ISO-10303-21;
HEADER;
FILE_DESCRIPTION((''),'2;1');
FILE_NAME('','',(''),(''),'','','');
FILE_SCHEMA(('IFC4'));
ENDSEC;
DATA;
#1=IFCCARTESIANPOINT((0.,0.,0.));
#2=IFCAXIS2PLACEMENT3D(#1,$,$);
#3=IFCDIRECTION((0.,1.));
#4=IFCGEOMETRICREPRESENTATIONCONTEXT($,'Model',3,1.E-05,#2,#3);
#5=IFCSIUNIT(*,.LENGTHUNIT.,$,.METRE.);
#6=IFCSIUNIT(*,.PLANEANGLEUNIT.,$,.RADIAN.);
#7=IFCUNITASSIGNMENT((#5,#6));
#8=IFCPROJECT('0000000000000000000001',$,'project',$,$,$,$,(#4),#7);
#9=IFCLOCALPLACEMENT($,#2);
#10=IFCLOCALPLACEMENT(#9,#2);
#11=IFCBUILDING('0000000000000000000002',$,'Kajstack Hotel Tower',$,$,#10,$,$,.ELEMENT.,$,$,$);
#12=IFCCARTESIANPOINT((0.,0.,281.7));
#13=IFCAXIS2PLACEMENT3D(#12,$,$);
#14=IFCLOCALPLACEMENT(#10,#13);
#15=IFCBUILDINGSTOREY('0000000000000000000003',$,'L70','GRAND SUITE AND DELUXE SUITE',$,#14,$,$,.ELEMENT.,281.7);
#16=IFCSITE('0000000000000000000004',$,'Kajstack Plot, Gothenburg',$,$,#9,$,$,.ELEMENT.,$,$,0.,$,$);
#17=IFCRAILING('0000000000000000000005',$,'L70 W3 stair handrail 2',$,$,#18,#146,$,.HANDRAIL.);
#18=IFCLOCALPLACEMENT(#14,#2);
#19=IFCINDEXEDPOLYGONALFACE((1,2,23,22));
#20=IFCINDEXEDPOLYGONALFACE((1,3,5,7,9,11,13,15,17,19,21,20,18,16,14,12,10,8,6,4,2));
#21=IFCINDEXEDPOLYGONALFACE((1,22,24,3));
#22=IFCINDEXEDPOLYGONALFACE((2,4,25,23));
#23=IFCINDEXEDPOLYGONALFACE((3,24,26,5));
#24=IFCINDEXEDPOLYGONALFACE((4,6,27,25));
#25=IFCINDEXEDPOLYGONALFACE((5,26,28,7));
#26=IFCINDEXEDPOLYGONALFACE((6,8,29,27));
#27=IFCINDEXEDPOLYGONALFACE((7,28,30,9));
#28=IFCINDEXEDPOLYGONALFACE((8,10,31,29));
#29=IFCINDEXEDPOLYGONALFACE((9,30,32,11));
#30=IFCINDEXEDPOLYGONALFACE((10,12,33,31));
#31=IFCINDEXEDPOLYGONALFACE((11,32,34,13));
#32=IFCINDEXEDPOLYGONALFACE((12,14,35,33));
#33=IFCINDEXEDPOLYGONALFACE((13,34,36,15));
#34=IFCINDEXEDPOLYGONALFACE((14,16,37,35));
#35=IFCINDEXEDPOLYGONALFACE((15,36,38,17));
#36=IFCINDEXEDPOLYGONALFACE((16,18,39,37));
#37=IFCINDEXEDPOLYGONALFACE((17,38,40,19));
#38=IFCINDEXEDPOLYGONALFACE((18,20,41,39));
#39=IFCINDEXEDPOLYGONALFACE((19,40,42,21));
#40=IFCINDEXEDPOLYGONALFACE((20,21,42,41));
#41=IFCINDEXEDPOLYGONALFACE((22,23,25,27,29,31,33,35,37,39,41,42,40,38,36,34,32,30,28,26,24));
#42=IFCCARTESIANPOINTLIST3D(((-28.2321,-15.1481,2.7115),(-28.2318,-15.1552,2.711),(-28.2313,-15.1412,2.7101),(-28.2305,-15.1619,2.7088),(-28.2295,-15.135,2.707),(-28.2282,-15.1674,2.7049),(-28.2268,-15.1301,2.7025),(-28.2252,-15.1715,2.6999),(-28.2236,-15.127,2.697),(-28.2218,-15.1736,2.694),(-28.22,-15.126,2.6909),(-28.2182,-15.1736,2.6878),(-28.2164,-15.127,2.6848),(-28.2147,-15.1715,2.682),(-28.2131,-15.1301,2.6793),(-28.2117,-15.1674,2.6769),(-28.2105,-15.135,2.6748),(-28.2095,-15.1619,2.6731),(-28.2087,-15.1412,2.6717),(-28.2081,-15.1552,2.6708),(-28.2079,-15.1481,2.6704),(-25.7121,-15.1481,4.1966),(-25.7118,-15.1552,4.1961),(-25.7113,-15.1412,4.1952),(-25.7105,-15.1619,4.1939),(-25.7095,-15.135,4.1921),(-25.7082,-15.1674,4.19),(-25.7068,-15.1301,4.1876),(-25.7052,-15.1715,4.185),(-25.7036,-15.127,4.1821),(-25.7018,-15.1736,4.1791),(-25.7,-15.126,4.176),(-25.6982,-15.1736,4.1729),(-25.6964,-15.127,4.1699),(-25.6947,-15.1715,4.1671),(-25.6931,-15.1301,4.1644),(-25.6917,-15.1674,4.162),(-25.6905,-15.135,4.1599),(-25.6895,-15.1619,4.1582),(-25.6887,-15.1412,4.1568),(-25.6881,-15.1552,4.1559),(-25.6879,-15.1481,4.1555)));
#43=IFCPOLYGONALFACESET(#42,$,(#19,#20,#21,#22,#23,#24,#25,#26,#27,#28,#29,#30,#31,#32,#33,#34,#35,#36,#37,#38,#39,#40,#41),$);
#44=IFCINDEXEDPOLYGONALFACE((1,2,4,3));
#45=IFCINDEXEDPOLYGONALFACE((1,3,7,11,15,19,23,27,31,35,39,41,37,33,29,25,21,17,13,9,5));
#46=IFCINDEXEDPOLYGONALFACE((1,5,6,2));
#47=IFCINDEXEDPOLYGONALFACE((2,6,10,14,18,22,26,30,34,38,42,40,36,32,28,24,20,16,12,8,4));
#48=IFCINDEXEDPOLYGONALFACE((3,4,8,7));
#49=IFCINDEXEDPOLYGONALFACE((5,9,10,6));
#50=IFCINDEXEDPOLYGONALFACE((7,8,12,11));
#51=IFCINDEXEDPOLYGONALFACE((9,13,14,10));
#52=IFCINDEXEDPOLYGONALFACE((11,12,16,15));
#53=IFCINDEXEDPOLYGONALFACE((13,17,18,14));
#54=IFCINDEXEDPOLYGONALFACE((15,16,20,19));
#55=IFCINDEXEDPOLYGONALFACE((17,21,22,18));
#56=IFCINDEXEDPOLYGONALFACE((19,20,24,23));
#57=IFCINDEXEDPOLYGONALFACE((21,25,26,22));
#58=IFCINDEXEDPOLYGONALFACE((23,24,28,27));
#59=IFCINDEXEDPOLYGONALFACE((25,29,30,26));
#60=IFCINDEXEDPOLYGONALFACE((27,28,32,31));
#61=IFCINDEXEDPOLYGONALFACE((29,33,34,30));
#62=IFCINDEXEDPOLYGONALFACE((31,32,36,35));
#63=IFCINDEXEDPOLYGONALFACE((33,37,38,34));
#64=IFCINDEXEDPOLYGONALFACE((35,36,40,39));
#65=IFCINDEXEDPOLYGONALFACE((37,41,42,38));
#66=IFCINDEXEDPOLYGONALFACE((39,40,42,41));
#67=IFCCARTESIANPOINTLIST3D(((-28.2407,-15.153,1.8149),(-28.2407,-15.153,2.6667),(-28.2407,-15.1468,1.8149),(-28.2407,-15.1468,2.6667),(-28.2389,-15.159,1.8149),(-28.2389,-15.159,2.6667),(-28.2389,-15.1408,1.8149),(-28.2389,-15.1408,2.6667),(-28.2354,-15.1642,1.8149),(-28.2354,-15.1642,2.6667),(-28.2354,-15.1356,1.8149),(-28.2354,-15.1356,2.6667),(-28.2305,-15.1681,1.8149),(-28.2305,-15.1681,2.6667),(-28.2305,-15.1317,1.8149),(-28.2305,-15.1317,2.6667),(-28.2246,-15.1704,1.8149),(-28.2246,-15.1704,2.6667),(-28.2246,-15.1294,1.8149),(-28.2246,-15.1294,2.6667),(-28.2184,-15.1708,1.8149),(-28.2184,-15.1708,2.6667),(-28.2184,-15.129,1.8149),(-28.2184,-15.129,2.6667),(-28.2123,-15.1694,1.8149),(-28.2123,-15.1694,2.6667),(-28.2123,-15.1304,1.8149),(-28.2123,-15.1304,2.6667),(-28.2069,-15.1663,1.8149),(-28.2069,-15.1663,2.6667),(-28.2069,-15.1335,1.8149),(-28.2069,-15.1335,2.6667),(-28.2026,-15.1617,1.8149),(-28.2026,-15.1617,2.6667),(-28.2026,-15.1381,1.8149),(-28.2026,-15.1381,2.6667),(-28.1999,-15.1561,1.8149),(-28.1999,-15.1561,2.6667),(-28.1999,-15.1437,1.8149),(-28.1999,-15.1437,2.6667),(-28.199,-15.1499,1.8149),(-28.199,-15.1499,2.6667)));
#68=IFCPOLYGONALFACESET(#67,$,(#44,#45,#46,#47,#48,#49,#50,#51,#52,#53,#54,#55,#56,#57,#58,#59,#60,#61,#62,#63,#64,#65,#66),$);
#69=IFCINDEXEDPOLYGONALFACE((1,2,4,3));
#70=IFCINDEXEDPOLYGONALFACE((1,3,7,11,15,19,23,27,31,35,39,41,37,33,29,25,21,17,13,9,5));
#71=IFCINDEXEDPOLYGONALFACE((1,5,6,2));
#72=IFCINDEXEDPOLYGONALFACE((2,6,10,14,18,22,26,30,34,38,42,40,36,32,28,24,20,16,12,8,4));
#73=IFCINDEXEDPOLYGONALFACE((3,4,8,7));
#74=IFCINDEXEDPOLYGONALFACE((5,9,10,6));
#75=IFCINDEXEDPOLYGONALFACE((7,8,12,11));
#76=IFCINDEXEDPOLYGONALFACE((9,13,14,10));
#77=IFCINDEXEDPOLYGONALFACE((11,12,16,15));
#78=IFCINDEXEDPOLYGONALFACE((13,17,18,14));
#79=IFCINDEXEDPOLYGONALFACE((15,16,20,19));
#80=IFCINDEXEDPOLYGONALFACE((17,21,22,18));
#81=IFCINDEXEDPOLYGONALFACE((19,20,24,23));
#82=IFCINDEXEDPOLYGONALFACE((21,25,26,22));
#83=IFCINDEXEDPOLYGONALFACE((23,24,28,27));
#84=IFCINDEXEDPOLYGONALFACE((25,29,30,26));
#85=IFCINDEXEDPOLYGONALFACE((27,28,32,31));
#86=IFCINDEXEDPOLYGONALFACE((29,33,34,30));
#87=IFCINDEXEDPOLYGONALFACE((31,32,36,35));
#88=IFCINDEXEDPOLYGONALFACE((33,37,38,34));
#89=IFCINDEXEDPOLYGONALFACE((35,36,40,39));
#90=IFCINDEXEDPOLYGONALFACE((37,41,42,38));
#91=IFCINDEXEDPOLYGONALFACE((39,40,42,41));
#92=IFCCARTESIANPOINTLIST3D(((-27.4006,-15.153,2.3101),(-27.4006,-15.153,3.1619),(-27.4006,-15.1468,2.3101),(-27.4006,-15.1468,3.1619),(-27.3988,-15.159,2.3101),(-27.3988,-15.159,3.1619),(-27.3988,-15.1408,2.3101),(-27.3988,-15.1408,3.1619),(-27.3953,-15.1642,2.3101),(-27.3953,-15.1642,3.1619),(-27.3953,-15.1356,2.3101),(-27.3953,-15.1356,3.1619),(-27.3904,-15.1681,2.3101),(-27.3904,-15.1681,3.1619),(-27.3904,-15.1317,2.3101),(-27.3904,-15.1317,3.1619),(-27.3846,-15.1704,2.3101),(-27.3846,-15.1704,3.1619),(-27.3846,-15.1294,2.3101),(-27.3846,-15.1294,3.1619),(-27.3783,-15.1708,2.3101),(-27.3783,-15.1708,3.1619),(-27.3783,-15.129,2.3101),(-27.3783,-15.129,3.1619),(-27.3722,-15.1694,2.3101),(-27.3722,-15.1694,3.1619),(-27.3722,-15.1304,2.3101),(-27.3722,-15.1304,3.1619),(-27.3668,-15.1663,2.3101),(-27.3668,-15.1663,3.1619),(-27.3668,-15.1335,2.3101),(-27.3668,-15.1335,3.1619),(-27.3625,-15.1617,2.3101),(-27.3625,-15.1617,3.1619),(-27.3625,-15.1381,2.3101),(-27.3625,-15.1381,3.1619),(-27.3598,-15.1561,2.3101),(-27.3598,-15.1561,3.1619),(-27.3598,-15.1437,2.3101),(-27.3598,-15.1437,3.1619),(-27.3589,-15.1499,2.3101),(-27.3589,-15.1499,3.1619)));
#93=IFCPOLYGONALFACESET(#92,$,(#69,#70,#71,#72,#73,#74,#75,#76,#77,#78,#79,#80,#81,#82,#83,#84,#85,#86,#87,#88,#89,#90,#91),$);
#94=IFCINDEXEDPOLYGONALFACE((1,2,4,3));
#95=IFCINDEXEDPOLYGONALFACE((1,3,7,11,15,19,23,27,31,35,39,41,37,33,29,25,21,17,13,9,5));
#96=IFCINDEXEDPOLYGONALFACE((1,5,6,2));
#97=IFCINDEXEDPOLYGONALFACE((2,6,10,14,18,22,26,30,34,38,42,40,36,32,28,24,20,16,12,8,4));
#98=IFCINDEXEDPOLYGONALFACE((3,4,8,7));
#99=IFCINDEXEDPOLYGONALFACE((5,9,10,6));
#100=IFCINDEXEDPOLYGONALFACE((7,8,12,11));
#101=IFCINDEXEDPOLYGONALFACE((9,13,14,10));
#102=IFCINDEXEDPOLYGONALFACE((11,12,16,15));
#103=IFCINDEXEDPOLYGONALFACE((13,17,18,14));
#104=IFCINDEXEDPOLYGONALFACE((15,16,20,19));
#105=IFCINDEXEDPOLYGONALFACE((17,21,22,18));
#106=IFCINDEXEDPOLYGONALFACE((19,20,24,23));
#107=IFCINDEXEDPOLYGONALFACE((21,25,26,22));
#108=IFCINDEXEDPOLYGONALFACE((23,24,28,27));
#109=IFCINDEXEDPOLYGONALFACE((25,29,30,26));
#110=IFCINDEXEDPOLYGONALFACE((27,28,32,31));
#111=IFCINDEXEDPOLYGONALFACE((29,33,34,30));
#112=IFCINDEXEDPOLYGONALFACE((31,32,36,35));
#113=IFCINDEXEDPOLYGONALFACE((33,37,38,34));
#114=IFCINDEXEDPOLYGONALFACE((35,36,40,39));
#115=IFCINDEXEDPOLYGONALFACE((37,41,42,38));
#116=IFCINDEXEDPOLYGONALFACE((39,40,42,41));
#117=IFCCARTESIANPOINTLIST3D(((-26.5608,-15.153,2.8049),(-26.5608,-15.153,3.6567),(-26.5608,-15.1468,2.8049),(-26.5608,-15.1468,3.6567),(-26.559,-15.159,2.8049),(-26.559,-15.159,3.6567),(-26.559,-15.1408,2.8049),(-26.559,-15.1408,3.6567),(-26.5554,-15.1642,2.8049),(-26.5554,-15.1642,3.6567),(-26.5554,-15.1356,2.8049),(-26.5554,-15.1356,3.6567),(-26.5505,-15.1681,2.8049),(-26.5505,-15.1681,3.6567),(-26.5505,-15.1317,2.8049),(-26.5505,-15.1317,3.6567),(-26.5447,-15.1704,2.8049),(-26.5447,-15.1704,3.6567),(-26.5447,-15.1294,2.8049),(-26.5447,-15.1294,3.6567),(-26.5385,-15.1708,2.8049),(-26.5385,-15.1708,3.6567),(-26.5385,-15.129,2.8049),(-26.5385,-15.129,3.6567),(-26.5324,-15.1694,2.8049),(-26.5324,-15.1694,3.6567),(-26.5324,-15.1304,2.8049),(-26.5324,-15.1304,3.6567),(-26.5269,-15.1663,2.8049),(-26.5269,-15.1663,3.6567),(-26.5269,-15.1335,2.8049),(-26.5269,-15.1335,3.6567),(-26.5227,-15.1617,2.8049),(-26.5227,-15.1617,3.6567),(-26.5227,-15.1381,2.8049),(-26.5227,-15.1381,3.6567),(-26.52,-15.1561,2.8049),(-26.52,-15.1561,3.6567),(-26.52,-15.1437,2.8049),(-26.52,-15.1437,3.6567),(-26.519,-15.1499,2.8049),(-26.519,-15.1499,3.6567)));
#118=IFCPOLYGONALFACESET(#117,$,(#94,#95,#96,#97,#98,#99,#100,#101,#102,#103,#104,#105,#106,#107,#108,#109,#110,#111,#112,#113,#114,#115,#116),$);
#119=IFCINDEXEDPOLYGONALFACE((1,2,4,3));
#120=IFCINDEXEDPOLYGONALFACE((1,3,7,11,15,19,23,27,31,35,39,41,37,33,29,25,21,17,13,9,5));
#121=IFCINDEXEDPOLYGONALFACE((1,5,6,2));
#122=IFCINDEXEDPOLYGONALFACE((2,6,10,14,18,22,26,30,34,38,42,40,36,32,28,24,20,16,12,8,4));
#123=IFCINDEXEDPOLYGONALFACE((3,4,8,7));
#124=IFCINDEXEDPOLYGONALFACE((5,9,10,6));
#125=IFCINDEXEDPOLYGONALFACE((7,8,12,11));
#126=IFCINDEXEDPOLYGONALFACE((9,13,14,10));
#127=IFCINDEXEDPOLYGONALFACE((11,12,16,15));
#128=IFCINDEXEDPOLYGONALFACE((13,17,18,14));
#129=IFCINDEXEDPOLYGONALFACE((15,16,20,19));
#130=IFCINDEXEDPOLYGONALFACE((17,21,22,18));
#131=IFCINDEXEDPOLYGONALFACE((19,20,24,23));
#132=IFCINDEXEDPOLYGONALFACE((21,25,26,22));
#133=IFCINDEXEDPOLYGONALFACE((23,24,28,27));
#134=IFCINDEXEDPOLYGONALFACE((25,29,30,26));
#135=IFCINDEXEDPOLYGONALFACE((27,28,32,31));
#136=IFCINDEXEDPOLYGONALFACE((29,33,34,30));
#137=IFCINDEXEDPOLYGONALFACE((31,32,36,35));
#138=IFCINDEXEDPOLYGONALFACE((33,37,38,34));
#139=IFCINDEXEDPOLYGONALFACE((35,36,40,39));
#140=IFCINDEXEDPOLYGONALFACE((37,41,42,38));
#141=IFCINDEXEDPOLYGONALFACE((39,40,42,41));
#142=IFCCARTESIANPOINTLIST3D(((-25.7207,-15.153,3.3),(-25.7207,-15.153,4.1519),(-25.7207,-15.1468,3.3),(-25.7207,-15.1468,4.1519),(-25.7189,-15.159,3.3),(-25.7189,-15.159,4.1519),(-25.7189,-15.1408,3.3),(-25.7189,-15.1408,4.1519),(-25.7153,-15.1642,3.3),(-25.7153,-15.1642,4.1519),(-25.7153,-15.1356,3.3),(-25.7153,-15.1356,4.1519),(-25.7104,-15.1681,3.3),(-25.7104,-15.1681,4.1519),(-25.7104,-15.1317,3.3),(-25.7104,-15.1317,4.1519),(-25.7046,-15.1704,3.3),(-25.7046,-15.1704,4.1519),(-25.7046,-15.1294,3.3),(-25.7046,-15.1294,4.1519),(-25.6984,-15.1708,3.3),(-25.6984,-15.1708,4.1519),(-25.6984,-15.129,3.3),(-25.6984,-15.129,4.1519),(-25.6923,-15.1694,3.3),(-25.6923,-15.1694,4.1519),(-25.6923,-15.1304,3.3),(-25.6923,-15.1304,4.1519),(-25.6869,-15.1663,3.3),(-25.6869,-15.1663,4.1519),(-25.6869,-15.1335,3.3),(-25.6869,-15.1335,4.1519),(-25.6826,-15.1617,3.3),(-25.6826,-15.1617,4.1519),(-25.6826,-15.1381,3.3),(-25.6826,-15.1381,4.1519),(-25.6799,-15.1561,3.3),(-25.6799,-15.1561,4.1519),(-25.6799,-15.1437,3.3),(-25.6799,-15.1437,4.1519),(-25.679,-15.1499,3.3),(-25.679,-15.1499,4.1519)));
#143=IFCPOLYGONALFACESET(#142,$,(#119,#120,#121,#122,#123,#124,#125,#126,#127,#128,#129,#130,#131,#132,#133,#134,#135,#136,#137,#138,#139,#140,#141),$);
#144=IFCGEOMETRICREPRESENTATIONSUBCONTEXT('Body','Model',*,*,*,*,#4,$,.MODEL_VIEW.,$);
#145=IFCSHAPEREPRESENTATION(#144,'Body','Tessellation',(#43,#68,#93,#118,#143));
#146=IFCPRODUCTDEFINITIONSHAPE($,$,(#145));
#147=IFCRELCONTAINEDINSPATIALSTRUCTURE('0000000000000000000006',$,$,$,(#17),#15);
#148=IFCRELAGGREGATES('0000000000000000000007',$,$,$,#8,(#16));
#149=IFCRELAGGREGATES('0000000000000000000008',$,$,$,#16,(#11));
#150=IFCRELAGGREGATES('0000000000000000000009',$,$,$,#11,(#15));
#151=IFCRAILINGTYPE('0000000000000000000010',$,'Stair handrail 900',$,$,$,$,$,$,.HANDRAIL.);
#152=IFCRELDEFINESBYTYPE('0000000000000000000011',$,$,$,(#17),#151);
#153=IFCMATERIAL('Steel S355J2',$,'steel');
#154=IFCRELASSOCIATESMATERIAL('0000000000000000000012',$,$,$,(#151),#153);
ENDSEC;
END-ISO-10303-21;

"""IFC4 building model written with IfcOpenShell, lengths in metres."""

from ifc_helpers import new_model, si_unit, direction, frame, origin, origin_2d, place, context, subcontext, project, spatial, circle, extrude, material, type_object, element, save


model = new_model("IFC4")

# Units and contexts
model_context = context("Model", 3, precision=1e-05, world=origin(), true_north=direction((0.0, 1.0)))
body_context = subcontext(model_context, "Body", "Model", "MODEL_VIEW")
ifc_project = project(units=[si_unit("LENGTHUNIT", "METRE"), si_unit("PLANEANGLEUNIT", "RADIAN")], contexts=[model_context])

# Site, building, storey
site_placement = place(None, origin())
site = spatial("IfcSite", under=ifc_project, at=site_placement, Name="Kajstack Plot, Gothenburg", CompositionType="ELEMENT", RefElevation=0.0)
building_placement = place(site_placement, origin())
building = spatial("IfcBuilding", under=site, at=building_placement, Name="Kajstack Hotel Tower", CompositionType="ELEMENT")
storey_placement = place(building_placement, frame((0.0, 0.0, 281.7)))
storey = spatial("IfcBuildingStorey", under=building, at=storey_placement, Name="L70", Description="GRAND SUITE AND DELUXE SUITE", CompositionType="ELEMENT", Elevation=281.7)

# Railing
ifc_material_1 = material(Name="Steel S355J2", Category="steel")
railing_type_1 = type_object("IfcRailingType", Name="Stair handrail 900", PredefinedType="HANDRAIL", material=ifc_material_1)
railing_1_placement = place(storey_placement, frame((-28.22, -15.1499, 1.8149)))
element("IfcRailing", 1, at=railing_1_placement, inside=storey, type_object=railing_type_1, Name="L70 W3 stair handrail 2", PredefinedType="HANDRAIL", context=body_context, shape_type="SweptSolid", body=[
    extrude(circle(Radius=0.0239, at=origin_2d()), frame((0.0, 0.0, 0.876), z_axis=(0.861524, 0.0, 0.507717), x_axis=(0.0, 1.0, 0.0)), (0.0, 0.0, 1.0), 2.925),
    extrude(circle(Radius=0.021, at=origin_2d()), origin(), (0.0, 0.0, 1.0), 0.8518),
    extrude(circle(Radius=0.021, at=origin_2d()), frame((0.8401, 0.0, 0.4951)), (0.0, 0.0, 1.0), 0.8518),
    extrude(circle(Radius=0.021, at=origin_2d()), frame((1.6799, 0.0, 0.99)), (0.0, 0.0, 1.0), 0.8518),
    extrude(circle(Radius=0.021, at=origin_2d()), frame((2.52, 0.0, 1.4851)), (0.0, 0.0, 1.0), 0.8518),
])

save(model, "model.ifc")
